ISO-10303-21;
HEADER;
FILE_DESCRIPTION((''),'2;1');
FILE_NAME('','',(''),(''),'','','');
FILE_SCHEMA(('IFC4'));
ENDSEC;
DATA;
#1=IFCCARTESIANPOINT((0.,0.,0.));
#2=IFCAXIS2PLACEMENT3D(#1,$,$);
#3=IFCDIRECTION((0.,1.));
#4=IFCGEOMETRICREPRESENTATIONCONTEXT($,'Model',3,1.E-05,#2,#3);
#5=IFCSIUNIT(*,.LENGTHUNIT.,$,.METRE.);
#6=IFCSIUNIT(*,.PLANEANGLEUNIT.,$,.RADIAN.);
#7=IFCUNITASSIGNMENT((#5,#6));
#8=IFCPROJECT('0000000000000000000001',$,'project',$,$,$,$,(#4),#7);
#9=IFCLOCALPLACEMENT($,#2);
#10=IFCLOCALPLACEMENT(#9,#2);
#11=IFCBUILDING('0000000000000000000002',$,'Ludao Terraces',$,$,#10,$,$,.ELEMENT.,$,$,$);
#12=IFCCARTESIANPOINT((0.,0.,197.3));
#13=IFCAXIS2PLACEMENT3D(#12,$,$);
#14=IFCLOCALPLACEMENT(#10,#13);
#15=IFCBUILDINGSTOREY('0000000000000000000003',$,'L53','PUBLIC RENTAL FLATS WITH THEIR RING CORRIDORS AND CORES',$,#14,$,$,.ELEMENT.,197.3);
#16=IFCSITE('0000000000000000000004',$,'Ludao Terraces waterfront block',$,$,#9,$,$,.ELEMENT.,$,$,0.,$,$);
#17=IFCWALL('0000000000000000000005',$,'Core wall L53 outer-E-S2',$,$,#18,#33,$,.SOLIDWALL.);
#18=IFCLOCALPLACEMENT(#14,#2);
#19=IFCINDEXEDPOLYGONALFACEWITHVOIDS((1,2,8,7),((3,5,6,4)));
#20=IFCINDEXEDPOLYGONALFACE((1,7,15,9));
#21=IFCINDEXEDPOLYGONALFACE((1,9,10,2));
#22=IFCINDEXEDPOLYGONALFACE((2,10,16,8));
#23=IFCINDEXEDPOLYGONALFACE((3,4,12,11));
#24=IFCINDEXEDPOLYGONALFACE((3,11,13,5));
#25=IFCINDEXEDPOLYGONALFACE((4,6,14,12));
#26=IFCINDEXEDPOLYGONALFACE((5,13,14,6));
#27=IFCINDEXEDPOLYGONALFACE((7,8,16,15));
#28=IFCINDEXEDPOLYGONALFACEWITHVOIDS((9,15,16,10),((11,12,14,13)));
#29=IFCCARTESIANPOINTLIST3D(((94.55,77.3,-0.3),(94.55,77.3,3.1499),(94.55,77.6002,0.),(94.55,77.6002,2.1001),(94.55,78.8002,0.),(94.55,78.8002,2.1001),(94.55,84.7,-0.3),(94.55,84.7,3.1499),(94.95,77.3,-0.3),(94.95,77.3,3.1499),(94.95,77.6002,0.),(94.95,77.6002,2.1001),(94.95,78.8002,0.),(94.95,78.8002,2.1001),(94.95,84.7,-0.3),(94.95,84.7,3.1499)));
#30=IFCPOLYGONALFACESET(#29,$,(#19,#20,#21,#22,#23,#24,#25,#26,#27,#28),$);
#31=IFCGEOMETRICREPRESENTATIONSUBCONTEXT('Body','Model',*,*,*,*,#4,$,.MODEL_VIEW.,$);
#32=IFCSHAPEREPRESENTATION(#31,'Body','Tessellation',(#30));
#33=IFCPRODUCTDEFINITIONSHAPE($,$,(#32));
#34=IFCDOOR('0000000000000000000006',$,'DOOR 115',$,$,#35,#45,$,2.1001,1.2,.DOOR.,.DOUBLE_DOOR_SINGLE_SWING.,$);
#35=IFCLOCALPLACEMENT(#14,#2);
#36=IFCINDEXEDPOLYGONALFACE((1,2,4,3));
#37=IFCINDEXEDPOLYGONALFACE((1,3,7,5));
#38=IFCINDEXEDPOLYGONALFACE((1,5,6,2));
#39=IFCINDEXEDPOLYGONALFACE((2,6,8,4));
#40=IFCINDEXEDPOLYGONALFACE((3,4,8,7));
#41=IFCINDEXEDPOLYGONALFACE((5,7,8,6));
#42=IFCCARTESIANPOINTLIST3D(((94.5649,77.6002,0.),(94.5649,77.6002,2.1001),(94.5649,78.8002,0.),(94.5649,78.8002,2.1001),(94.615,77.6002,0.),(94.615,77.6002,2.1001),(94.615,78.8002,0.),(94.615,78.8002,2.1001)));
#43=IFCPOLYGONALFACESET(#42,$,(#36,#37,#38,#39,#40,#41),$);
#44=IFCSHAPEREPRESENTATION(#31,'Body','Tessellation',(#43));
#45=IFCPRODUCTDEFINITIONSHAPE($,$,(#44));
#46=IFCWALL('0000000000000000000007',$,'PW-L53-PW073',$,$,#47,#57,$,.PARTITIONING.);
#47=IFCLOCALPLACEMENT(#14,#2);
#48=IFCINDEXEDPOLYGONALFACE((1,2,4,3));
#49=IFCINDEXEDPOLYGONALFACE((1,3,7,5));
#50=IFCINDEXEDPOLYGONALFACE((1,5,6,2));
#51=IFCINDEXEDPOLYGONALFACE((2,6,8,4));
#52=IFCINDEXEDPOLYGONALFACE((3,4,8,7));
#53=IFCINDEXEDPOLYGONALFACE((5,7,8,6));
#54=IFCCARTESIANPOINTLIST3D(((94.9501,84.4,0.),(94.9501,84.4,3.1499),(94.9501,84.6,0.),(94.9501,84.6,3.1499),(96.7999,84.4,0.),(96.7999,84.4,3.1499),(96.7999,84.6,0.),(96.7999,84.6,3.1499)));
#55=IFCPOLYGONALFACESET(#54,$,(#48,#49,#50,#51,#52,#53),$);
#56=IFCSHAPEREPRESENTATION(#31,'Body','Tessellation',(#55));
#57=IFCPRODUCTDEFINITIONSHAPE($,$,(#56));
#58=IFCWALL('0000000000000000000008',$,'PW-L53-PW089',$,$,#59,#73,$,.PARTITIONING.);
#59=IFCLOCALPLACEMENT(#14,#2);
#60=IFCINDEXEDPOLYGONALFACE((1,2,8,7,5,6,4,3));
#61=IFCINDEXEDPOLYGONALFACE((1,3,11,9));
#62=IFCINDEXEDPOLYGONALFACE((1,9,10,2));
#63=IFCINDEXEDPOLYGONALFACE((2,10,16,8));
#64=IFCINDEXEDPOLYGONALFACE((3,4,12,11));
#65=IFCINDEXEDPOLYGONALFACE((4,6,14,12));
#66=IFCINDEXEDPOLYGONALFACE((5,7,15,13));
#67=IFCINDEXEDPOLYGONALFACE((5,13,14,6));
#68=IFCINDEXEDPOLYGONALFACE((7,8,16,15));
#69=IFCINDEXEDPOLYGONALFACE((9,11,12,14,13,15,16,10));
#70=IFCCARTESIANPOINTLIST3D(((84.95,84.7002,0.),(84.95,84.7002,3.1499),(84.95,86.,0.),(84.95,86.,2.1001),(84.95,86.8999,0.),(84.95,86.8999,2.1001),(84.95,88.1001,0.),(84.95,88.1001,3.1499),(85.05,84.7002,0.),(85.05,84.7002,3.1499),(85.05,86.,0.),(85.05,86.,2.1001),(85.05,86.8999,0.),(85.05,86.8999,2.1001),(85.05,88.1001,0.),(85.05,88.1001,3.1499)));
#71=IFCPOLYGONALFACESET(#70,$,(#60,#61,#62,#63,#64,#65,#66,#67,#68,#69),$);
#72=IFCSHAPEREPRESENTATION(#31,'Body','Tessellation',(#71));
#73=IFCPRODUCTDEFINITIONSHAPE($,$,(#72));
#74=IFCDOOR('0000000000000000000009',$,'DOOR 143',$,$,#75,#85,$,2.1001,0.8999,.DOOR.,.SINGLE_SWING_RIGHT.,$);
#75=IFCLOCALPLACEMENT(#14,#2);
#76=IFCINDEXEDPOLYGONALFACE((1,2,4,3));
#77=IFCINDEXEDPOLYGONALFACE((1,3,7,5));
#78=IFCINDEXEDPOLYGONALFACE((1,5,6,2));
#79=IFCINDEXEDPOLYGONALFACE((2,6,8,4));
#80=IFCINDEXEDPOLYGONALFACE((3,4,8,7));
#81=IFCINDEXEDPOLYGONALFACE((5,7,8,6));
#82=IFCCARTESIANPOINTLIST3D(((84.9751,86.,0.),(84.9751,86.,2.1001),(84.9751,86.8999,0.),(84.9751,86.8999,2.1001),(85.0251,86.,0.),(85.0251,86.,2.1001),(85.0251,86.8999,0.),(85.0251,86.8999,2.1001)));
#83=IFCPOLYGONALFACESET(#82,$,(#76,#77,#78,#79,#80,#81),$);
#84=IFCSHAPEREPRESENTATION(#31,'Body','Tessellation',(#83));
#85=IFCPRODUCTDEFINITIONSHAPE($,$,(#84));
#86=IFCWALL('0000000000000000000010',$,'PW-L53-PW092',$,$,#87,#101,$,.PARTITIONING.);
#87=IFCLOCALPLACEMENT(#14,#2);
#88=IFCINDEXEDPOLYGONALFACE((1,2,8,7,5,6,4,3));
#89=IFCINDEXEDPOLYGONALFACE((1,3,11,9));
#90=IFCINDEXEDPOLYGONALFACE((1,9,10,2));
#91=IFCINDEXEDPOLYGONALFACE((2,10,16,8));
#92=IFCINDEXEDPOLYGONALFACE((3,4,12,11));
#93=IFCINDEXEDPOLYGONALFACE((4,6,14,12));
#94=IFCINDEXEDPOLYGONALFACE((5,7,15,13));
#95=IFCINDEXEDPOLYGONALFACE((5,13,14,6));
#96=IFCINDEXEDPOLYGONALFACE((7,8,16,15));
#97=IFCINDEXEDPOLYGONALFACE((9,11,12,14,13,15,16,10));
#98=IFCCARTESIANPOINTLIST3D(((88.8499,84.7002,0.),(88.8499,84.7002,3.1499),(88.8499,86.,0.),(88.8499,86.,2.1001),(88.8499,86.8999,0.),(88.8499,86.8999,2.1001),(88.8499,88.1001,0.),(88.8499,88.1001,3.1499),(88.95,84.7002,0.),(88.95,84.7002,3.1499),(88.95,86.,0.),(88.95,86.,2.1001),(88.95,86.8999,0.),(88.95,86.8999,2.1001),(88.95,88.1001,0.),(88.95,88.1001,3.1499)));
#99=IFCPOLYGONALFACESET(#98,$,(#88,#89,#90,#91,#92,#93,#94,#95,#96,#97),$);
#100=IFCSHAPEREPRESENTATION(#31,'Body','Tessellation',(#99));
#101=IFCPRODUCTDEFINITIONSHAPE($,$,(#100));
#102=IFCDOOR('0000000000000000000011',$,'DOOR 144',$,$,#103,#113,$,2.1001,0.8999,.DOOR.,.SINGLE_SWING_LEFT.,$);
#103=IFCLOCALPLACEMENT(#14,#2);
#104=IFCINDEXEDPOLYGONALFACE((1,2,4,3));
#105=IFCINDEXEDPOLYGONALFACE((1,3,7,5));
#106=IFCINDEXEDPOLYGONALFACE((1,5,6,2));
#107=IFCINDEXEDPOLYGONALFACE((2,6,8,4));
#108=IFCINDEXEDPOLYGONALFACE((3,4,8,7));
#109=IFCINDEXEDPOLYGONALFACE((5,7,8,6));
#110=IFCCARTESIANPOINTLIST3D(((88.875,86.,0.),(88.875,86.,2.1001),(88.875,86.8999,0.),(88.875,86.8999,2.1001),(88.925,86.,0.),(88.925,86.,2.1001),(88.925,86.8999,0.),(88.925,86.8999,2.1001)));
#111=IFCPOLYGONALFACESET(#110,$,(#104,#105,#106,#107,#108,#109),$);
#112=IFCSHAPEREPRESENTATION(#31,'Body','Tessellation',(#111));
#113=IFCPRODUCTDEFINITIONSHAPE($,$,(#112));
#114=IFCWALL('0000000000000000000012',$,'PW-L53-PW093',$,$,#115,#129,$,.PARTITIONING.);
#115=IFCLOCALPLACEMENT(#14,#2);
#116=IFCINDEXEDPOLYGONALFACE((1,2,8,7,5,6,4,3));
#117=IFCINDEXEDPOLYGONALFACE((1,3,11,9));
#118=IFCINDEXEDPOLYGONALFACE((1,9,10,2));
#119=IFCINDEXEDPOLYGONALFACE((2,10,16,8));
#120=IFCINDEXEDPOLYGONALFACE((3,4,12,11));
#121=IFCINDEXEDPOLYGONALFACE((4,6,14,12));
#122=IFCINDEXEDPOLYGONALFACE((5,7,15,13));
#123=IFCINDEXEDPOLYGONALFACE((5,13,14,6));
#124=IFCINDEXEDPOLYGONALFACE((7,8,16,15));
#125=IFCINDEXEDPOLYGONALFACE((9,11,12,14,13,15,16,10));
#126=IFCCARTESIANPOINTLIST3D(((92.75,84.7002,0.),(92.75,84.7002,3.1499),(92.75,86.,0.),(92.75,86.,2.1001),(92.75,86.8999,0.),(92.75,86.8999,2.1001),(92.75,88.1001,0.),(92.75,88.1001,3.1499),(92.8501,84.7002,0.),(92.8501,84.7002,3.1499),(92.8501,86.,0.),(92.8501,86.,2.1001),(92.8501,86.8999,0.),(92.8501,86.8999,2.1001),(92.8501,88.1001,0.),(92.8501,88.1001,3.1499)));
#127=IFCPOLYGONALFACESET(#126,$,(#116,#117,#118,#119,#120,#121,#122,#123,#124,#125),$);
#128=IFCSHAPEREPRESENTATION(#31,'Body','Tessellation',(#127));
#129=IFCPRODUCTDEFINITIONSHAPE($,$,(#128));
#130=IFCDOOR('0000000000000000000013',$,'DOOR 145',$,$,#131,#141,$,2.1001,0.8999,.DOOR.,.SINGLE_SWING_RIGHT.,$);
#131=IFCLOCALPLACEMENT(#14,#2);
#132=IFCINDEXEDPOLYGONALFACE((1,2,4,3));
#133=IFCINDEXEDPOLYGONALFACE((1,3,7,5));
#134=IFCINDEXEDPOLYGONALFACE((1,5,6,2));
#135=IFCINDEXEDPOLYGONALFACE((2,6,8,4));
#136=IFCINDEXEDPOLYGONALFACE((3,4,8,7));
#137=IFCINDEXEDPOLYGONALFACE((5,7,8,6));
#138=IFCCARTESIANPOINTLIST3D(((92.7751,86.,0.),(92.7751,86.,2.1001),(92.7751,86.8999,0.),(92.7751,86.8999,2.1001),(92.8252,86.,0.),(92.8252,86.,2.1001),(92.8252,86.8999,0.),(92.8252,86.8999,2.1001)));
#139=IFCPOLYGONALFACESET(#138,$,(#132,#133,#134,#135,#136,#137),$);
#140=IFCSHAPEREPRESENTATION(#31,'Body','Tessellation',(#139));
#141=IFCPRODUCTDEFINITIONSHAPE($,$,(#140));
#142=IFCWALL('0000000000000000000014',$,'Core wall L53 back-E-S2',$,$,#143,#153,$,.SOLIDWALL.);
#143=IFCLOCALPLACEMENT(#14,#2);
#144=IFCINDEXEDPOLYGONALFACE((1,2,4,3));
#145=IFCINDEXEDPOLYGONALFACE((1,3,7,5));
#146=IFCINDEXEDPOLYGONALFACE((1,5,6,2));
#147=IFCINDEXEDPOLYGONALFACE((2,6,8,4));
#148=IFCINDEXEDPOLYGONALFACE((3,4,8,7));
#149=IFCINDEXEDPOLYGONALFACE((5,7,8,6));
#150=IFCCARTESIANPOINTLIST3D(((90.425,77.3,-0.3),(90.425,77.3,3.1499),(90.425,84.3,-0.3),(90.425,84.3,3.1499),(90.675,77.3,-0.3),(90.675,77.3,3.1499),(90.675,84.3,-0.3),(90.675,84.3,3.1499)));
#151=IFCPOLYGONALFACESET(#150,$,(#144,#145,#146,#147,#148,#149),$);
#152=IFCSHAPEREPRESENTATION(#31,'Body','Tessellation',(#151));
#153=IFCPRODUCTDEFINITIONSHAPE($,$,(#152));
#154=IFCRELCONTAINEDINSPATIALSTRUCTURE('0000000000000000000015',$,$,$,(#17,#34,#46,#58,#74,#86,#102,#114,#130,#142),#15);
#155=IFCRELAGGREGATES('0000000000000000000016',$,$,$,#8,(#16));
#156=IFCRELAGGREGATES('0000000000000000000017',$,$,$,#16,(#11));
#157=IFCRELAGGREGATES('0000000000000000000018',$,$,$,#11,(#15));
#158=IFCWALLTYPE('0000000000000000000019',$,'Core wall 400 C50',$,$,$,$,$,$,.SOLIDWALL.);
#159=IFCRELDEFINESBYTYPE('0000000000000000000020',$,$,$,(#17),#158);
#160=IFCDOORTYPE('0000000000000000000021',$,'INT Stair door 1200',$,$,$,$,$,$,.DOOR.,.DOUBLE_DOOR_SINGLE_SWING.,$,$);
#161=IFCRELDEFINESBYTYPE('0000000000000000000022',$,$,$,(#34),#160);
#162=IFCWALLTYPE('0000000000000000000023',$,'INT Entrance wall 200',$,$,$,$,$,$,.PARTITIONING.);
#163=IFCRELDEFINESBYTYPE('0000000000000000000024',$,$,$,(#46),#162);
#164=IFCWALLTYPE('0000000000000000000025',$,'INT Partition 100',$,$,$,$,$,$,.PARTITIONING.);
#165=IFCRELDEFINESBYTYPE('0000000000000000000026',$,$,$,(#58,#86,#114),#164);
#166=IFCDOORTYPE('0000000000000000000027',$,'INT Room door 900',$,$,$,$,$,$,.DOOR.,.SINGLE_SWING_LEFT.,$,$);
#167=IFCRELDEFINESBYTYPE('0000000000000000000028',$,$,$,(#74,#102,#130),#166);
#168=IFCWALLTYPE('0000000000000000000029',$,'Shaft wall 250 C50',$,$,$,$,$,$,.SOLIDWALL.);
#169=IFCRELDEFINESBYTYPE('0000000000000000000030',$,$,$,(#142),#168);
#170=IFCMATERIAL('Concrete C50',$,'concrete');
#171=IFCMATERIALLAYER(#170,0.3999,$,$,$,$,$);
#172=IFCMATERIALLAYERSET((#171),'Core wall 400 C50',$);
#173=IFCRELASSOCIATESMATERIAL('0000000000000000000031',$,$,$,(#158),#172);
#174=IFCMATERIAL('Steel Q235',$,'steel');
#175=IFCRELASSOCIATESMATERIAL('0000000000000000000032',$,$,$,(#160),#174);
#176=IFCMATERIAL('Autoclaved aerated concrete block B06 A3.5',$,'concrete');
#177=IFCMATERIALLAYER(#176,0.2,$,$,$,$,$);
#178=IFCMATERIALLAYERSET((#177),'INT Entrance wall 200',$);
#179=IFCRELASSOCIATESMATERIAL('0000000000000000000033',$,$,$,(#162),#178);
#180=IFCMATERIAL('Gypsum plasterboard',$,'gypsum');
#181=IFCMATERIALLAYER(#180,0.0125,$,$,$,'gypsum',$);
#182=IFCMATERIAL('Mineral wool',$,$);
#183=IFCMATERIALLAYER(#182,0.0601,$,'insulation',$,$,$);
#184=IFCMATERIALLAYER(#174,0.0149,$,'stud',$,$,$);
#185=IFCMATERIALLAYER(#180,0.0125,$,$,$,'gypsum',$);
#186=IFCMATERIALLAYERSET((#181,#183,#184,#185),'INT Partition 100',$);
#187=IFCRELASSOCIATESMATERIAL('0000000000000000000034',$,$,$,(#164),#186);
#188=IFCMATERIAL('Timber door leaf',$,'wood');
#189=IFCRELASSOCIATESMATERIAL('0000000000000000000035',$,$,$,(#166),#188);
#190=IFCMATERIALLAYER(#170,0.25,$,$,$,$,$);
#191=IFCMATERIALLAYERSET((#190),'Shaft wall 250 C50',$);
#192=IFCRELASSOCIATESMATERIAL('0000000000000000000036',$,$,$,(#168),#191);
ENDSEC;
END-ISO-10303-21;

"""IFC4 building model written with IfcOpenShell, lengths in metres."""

from ifc_helpers import new_model, si_unit, direction, frame, frame_2d, origin, place, context, subcontext, project, spatial, rectangle, extrude, material, layer, layer_set, type_object, element, fill, save


model = new_model("IFC4")

# Units and contexts
model_context = context("Model", 3, precision=1e-05, world=origin(), true_north=direction((0.0, 1.0)))
body_context = subcontext(model_context, "Body", "Model", "MODEL_VIEW")
ifc_project = project(units=[si_unit("LENGTHUNIT", "METRE"), si_unit("PLANEANGLEUNIT", "RADIAN")], contexts=[model_context])

# Site, building, storey
site_placement = place(None, origin())
site = spatial("IfcSite", under=ifc_project, at=site_placement, Name="Ludao Terraces waterfront block", CompositionType="ELEMENT", RefElevation=0.0)
building_placement = place(site_placement, origin())
building = spatial("IfcBuilding", under=site, at=building_placement, Name="Ludao Terraces", CompositionType="ELEMENT")
storey_placement = place(building_placement, frame((0.0, 0.0, 197.3)))
storey = spatial("IfcBuildingStorey", under=building, at=storey_placement, Name="L53", Description="PUBLIC RENTAL FLATS WITH THEIR RING CORRIDORS AND CORES", CompositionType="ELEMENT", Elevation=197.3)

# Wall, opening, door
ifc_material_1 = material(Name="Concrete C50", Category="concrete")
ifc_layer_1 = layer(ifc_material_1, 0.3999)
ifc_layer_set_1 = layer_set([ifc_layer_1], Name="Core wall 400 C50")
wall_type_1 = type_object("IfcWallType", Name="Core wall 400 C50", PredefinedType="SOLIDWALL", material=ifc_layer_set_1)
wall_1_placement = place(storey_placement, frame((94.75, 77.3, -0.3), z_axis=(0.0, 0.0, 1.0), x_axis=(0.0, 1.0, 0.0)))
wall_1 = element("IfcWall", 1, at=wall_1_placement, inside=storey, type_object=wall_type_1, Name="Core wall L53 outer-E-S2", PredefinedType="SOLIDWALL", context=body_context, shape_type="SweptSolid", body=[
    extrude(rectangle(XDim=7.3999, YDim=0.3999, at=frame_2d((3.7, 0.0))), origin(), (0.0, 0.0, 1.0), 3.45),
])
opening_1_placement = place(wall_1_placement, frame((0.3, 0.0, 0.3)))
opening_1 = element("IfcOpeningElement", 2, at=opening_1_placement, cuts=wall_1, PredefinedType="OPENING", context=body_context, shape_type="SweptSolid", body=[
    extrude(rectangle(XDim=1.2, YDim=2.1001, at=frame_2d((0.6001, 1.05))), frame((0.0, 0.21, 0.0), z_axis=(0.0, -1.0, 0.0), x_axis=(1.0, 0.0, 0.0)), (0.0, 0.0, 1.0), 0.4199),
])
ifc_material_2 = material(Name="Steel Q235", Category="steel")
door_type_1 = type_object("IfcDoorType", Name="INT Stair door 1200", OperationType="DOUBLE_DOOR_SINGLE_SWING", PredefinedType="DOOR", material=ifc_material_2)
door_1_placement = place(opening_1_placement, origin())
door_1 = element("IfcDoor", 3, at=door_1_placement, inside=storey, type_object=door_type_1, Name="DOOR 115", OperationType="DOUBLE_DOOR_SINGLE_SWING", OverallHeight=2.1001, OverallWidth=1.2, PredefinedType="DOOR", context=body_context, shape_type="SweptSolid", body=[
    extrude(rectangle(XDim=1.2, YDim=2.1001, at=frame_2d((0.6001, 1.05))), frame((0.0, 0.1851, 0.0), z_axis=(0.0, -1.0, 0.0), x_axis=(1.0, 0.0, 0.0)), (0.0, 0.0, 1.0), 0.05),
])
fill(opening_1, door_1)

# Wall
ifc_material_3 = material(Name="Autoclaved aerated concrete block B06 A3.5", Category="concrete")
ifc_layer_2 = layer(ifc_material_3, 0.2)
ifc_layer_set_2 = layer_set([ifc_layer_2], Name="INT Entrance wall 200")
wall_type_2 = type_object("IfcWallType", Name="INT Entrance wall 200", PredefinedType="PARTITIONING", material=ifc_layer_set_2)
wall_2_placement = place(storey_placement, frame((94.9502, 84.5, 0.0), z_axis=(0.0, 0.0, 1.0), x_axis=(1.0, 0.0, 0.0)))
element("IfcWall", 4, at=wall_2_placement, inside=storey, type_object=wall_type_2, Name="PW-L53-PW073", PredefinedType="PARTITIONING", context=body_context, shape_type="SweptSolid", body=[
    extrude(rectangle(XDim=1.8499, YDim=0.2, at=frame_2d((0.9248, 0.0))), origin(), (0.0, 0.0, 1.0), 3.1499),
])

# Walls, openings, doors
ifc_material_4 = material(Name="Gypsum plasterboard", Category="gypsum")
ifc_layer_3 = layer(ifc_material_4, 0.0125, Category="gypsum")
ifc_material_5 = material(Name="Mineral wool")
ifc_layer_4 = layer(ifc_material_5, 0.0601, Name="insulation")
ifc_layer_5 = layer(ifc_material_2, 0.0149, Name="stud")
ifc_layer_6 = layer(ifc_material_4, 0.0125, Category="gypsum")
ifc_layer_set_3 = layer_set([ifc_layer_3, ifc_layer_4, ifc_layer_5, ifc_layer_6], Name="INT Partition 100")
wall_type_3 = type_object("IfcWallType", Name="INT Partition 100", PredefinedType="PARTITIONING", material=ifc_layer_set_3)
wall_3_placement = place(storey_placement, frame((85.0, 84.7002, 0.0), z_axis=(0.0, 0.0, 1.0), x_axis=(0.0, 1.0, 0.0)))
wall_3 = element("IfcWall", 5, at=wall_3_placement, inside=storey, type_object=wall_type_3, Name="PW-L53-PW089", PredefinedType="PARTITIONING", context=body_context, shape_type="SweptSolid", body=[
    extrude(rectangle(XDim=3.3999, YDim=0.1001, at=frame_2d((1.7, 0.0))), origin(), (0.0, 0.0, 1.0), 3.1499),
])
opening_2_placement = place(wall_3_placement, frame((1.2998, 0.0, 0.0)))
opening_2 = element("IfcOpeningElement", 6, at=opening_2_placement, cuts=wall_3, PredefinedType="OPENING", context=body_context, shape_type="SweptSolid", body=[
    extrude(rectangle(XDim=0.8999, YDim=2.1001, at=frame_2d((0.45, 1.05))), frame((0.0, 0.0601, 0.0), z_axis=(0.0, -1.0, 0.0), x_axis=(1.0, 0.0, 0.0)), (0.0, 0.0, 1.0), 0.1201),
])
ifc_material_6 = material(Name="Timber door leaf", Category="wood")
door_type_2 = type_object("IfcDoorType", Name="INT Room door 900", OperationType="SINGLE_SWING_LEFT", PredefinedType="DOOR", material=ifc_material_6)
door_2_placement = place(opening_2_placement, origin())
door_2 = element("IfcDoor", 7, at=door_2_placement, inside=storey, type_object=door_type_2, Name="DOOR 143", OperationType="SINGLE_SWING_RIGHT", OverallHeight=2.1001, OverallWidth=0.8999, PredefinedType="DOOR", context=body_context, shape_type="SweptSolid", body=[
    extrude(rectangle(XDim=0.8999, YDim=2.1001, at=frame_2d((0.45, 1.05))), frame((0.0, 0.0249, 0.0), z_axis=(0.0, -1.0, 0.0), x_axis=(1.0, 0.0, 0.0)), (0.0, 0.0, 1.0), 0.05),
])
fill(opening_2, door_2)
wall_4_placement = place(storey_placement, frame((88.8999, 84.7002, 0.0), z_axis=(0.0, 0.0, 1.0), x_axis=(0.0, 1.0, 0.0)))
wall_4 = element("IfcWall", 8, at=wall_4_placement, inside=storey, type_object=wall_type_3, Name="PW-L53-PW092", PredefinedType="PARTITIONING", context=body_context, shape_type="SweptSolid", body=[
    extrude(rectangle(XDim=3.3999, YDim=0.1001, at=frame_2d((1.7, 0.0))), origin(), (0.0, 0.0, 1.0), 3.1499),
])
opening_3_placement = place(wall_4_placement, frame((1.2998, 0.0, 0.0)))
opening_3 = element("IfcOpeningElement", 9, at=opening_3_placement, cuts=wall_4, PredefinedType="OPENING", context=body_context, shape_type="SweptSolid", body=[
    extrude(rectangle(XDim=0.8999, YDim=2.1001, at=frame_2d((0.45, 1.05))), frame((0.0, 0.0601, 0.0), z_axis=(0.0, -1.0, 0.0), x_axis=(1.0, 0.0, 0.0)), (0.0, 0.0, 1.0), 0.1201),
])
door_3_placement = place(opening_3_placement, origin())
door_3 = element("IfcDoor", 10, at=door_3_placement, inside=storey, type_object=door_type_2, Name="DOOR 144", OperationType="SINGLE_SWING_LEFT", OverallHeight=2.1001, OverallWidth=0.8999, PredefinedType="DOOR", context=body_context, shape_type="SweptSolid", body=[
    extrude(rectangle(XDim=0.8999, YDim=2.1001, at=frame_2d((0.45, 1.05))), frame((0.0, 0.0249, 0.0), z_axis=(0.0, -1.0, 0.0), x_axis=(1.0, 0.0, 0.0)), (0.0, 0.0, 1.0), 0.05),
])
fill(opening_3, door_3)
wall_5_placement = place(storey_placement, frame((92.8, 84.7002, 0.0), z_axis=(0.0, 0.0, 1.0), x_axis=(0.0, 1.0, 0.0)))
wall_5 = element("IfcWall", 11, at=wall_5_placement, inside=storey, type_object=wall_type_3, Name="PW-L53-PW093", PredefinedType="PARTITIONING", context=body_context, shape_type="SweptSolid", body=[
    extrude(rectangle(XDim=3.3999, YDim=0.1001, at=frame_2d((1.7, 0.0))), origin(), (0.0, 0.0, 1.0), 3.1499),
])
opening_4_placement = place(wall_5_placement, frame((1.2998, 0.0, 0.0)))
opening_4 = element("IfcOpeningElement", 12, at=opening_4_placement, cuts=wall_5, PredefinedType="OPENING", context=body_context, shape_type="SweptSolid", body=[
    extrude(rectangle(XDim=0.8999, YDim=2.1001, at=frame_2d((0.45, 1.05))), frame((0.0, 0.0601, 0.0), z_axis=(0.0, -1.0, 0.0), x_axis=(1.0, 0.0, 0.0)), (0.0, 0.0, 1.0), 0.1201),
])
door_4_placement = place(opening_4_placement, origin())
door_4 = element("IfcDoor", 13, at=door_4_placement, inside=storey, type_object=door_type_2, Name="DOOR 145", OperationType="SINGLE_SWING_RIGHT", OverallHeight=2.1001, OverallWidth=0.8999, PredefinedType="DOOR", context=body_context, shape_type="SweptSolid", body=[
    extrude(rectangle(XDim=0.8999, YDim=2.1001, at=frame_2d((0.45, 1.05))), frame((0.0, 0.0249, 0.0), z_axis=(0.0, -1.0, 0.0), x_axis=(1.0, 0.0, 0.0)), (0.0, 0.0, 1.0), 0.05),
])
fill(opening_4, door_4)

# Wall
ifc_layer_7 = layer(ifc_material_1, 0.25)
ifc_layer_set_4 = layer_set([ifc_layer_7], Name="Shaft wall 250 C50")
wall_type_4 = type_object("IfcWallType", Name="Shaft wall 250 C50", PredefinedType="SOLIDWALL", material=ifc_layer_set_4)
wall_6_placement = place(storey_placement, frame((90.55, 77.3, -0.3), z_axis=(0.0, 0.0, 1.0), x_axis=(0.0, 1.0, 0.0)))
element("IfcWall", 14, at=wall_6_placement, inside=storey, type_object=wall_type_4, Name="Core wall L53 back-E-S2", PredefinedType="SOLIDWALL", context=body_context, shape_type="SweptSolid", body=[
    extrude(rectangle(XDim=7.0, YDim=0.25, at=frame_2d((3.5, 0.0))), origin(), (0.0, 0.0, 1.0), 3.45),
])

save(model, "model.ifc")
